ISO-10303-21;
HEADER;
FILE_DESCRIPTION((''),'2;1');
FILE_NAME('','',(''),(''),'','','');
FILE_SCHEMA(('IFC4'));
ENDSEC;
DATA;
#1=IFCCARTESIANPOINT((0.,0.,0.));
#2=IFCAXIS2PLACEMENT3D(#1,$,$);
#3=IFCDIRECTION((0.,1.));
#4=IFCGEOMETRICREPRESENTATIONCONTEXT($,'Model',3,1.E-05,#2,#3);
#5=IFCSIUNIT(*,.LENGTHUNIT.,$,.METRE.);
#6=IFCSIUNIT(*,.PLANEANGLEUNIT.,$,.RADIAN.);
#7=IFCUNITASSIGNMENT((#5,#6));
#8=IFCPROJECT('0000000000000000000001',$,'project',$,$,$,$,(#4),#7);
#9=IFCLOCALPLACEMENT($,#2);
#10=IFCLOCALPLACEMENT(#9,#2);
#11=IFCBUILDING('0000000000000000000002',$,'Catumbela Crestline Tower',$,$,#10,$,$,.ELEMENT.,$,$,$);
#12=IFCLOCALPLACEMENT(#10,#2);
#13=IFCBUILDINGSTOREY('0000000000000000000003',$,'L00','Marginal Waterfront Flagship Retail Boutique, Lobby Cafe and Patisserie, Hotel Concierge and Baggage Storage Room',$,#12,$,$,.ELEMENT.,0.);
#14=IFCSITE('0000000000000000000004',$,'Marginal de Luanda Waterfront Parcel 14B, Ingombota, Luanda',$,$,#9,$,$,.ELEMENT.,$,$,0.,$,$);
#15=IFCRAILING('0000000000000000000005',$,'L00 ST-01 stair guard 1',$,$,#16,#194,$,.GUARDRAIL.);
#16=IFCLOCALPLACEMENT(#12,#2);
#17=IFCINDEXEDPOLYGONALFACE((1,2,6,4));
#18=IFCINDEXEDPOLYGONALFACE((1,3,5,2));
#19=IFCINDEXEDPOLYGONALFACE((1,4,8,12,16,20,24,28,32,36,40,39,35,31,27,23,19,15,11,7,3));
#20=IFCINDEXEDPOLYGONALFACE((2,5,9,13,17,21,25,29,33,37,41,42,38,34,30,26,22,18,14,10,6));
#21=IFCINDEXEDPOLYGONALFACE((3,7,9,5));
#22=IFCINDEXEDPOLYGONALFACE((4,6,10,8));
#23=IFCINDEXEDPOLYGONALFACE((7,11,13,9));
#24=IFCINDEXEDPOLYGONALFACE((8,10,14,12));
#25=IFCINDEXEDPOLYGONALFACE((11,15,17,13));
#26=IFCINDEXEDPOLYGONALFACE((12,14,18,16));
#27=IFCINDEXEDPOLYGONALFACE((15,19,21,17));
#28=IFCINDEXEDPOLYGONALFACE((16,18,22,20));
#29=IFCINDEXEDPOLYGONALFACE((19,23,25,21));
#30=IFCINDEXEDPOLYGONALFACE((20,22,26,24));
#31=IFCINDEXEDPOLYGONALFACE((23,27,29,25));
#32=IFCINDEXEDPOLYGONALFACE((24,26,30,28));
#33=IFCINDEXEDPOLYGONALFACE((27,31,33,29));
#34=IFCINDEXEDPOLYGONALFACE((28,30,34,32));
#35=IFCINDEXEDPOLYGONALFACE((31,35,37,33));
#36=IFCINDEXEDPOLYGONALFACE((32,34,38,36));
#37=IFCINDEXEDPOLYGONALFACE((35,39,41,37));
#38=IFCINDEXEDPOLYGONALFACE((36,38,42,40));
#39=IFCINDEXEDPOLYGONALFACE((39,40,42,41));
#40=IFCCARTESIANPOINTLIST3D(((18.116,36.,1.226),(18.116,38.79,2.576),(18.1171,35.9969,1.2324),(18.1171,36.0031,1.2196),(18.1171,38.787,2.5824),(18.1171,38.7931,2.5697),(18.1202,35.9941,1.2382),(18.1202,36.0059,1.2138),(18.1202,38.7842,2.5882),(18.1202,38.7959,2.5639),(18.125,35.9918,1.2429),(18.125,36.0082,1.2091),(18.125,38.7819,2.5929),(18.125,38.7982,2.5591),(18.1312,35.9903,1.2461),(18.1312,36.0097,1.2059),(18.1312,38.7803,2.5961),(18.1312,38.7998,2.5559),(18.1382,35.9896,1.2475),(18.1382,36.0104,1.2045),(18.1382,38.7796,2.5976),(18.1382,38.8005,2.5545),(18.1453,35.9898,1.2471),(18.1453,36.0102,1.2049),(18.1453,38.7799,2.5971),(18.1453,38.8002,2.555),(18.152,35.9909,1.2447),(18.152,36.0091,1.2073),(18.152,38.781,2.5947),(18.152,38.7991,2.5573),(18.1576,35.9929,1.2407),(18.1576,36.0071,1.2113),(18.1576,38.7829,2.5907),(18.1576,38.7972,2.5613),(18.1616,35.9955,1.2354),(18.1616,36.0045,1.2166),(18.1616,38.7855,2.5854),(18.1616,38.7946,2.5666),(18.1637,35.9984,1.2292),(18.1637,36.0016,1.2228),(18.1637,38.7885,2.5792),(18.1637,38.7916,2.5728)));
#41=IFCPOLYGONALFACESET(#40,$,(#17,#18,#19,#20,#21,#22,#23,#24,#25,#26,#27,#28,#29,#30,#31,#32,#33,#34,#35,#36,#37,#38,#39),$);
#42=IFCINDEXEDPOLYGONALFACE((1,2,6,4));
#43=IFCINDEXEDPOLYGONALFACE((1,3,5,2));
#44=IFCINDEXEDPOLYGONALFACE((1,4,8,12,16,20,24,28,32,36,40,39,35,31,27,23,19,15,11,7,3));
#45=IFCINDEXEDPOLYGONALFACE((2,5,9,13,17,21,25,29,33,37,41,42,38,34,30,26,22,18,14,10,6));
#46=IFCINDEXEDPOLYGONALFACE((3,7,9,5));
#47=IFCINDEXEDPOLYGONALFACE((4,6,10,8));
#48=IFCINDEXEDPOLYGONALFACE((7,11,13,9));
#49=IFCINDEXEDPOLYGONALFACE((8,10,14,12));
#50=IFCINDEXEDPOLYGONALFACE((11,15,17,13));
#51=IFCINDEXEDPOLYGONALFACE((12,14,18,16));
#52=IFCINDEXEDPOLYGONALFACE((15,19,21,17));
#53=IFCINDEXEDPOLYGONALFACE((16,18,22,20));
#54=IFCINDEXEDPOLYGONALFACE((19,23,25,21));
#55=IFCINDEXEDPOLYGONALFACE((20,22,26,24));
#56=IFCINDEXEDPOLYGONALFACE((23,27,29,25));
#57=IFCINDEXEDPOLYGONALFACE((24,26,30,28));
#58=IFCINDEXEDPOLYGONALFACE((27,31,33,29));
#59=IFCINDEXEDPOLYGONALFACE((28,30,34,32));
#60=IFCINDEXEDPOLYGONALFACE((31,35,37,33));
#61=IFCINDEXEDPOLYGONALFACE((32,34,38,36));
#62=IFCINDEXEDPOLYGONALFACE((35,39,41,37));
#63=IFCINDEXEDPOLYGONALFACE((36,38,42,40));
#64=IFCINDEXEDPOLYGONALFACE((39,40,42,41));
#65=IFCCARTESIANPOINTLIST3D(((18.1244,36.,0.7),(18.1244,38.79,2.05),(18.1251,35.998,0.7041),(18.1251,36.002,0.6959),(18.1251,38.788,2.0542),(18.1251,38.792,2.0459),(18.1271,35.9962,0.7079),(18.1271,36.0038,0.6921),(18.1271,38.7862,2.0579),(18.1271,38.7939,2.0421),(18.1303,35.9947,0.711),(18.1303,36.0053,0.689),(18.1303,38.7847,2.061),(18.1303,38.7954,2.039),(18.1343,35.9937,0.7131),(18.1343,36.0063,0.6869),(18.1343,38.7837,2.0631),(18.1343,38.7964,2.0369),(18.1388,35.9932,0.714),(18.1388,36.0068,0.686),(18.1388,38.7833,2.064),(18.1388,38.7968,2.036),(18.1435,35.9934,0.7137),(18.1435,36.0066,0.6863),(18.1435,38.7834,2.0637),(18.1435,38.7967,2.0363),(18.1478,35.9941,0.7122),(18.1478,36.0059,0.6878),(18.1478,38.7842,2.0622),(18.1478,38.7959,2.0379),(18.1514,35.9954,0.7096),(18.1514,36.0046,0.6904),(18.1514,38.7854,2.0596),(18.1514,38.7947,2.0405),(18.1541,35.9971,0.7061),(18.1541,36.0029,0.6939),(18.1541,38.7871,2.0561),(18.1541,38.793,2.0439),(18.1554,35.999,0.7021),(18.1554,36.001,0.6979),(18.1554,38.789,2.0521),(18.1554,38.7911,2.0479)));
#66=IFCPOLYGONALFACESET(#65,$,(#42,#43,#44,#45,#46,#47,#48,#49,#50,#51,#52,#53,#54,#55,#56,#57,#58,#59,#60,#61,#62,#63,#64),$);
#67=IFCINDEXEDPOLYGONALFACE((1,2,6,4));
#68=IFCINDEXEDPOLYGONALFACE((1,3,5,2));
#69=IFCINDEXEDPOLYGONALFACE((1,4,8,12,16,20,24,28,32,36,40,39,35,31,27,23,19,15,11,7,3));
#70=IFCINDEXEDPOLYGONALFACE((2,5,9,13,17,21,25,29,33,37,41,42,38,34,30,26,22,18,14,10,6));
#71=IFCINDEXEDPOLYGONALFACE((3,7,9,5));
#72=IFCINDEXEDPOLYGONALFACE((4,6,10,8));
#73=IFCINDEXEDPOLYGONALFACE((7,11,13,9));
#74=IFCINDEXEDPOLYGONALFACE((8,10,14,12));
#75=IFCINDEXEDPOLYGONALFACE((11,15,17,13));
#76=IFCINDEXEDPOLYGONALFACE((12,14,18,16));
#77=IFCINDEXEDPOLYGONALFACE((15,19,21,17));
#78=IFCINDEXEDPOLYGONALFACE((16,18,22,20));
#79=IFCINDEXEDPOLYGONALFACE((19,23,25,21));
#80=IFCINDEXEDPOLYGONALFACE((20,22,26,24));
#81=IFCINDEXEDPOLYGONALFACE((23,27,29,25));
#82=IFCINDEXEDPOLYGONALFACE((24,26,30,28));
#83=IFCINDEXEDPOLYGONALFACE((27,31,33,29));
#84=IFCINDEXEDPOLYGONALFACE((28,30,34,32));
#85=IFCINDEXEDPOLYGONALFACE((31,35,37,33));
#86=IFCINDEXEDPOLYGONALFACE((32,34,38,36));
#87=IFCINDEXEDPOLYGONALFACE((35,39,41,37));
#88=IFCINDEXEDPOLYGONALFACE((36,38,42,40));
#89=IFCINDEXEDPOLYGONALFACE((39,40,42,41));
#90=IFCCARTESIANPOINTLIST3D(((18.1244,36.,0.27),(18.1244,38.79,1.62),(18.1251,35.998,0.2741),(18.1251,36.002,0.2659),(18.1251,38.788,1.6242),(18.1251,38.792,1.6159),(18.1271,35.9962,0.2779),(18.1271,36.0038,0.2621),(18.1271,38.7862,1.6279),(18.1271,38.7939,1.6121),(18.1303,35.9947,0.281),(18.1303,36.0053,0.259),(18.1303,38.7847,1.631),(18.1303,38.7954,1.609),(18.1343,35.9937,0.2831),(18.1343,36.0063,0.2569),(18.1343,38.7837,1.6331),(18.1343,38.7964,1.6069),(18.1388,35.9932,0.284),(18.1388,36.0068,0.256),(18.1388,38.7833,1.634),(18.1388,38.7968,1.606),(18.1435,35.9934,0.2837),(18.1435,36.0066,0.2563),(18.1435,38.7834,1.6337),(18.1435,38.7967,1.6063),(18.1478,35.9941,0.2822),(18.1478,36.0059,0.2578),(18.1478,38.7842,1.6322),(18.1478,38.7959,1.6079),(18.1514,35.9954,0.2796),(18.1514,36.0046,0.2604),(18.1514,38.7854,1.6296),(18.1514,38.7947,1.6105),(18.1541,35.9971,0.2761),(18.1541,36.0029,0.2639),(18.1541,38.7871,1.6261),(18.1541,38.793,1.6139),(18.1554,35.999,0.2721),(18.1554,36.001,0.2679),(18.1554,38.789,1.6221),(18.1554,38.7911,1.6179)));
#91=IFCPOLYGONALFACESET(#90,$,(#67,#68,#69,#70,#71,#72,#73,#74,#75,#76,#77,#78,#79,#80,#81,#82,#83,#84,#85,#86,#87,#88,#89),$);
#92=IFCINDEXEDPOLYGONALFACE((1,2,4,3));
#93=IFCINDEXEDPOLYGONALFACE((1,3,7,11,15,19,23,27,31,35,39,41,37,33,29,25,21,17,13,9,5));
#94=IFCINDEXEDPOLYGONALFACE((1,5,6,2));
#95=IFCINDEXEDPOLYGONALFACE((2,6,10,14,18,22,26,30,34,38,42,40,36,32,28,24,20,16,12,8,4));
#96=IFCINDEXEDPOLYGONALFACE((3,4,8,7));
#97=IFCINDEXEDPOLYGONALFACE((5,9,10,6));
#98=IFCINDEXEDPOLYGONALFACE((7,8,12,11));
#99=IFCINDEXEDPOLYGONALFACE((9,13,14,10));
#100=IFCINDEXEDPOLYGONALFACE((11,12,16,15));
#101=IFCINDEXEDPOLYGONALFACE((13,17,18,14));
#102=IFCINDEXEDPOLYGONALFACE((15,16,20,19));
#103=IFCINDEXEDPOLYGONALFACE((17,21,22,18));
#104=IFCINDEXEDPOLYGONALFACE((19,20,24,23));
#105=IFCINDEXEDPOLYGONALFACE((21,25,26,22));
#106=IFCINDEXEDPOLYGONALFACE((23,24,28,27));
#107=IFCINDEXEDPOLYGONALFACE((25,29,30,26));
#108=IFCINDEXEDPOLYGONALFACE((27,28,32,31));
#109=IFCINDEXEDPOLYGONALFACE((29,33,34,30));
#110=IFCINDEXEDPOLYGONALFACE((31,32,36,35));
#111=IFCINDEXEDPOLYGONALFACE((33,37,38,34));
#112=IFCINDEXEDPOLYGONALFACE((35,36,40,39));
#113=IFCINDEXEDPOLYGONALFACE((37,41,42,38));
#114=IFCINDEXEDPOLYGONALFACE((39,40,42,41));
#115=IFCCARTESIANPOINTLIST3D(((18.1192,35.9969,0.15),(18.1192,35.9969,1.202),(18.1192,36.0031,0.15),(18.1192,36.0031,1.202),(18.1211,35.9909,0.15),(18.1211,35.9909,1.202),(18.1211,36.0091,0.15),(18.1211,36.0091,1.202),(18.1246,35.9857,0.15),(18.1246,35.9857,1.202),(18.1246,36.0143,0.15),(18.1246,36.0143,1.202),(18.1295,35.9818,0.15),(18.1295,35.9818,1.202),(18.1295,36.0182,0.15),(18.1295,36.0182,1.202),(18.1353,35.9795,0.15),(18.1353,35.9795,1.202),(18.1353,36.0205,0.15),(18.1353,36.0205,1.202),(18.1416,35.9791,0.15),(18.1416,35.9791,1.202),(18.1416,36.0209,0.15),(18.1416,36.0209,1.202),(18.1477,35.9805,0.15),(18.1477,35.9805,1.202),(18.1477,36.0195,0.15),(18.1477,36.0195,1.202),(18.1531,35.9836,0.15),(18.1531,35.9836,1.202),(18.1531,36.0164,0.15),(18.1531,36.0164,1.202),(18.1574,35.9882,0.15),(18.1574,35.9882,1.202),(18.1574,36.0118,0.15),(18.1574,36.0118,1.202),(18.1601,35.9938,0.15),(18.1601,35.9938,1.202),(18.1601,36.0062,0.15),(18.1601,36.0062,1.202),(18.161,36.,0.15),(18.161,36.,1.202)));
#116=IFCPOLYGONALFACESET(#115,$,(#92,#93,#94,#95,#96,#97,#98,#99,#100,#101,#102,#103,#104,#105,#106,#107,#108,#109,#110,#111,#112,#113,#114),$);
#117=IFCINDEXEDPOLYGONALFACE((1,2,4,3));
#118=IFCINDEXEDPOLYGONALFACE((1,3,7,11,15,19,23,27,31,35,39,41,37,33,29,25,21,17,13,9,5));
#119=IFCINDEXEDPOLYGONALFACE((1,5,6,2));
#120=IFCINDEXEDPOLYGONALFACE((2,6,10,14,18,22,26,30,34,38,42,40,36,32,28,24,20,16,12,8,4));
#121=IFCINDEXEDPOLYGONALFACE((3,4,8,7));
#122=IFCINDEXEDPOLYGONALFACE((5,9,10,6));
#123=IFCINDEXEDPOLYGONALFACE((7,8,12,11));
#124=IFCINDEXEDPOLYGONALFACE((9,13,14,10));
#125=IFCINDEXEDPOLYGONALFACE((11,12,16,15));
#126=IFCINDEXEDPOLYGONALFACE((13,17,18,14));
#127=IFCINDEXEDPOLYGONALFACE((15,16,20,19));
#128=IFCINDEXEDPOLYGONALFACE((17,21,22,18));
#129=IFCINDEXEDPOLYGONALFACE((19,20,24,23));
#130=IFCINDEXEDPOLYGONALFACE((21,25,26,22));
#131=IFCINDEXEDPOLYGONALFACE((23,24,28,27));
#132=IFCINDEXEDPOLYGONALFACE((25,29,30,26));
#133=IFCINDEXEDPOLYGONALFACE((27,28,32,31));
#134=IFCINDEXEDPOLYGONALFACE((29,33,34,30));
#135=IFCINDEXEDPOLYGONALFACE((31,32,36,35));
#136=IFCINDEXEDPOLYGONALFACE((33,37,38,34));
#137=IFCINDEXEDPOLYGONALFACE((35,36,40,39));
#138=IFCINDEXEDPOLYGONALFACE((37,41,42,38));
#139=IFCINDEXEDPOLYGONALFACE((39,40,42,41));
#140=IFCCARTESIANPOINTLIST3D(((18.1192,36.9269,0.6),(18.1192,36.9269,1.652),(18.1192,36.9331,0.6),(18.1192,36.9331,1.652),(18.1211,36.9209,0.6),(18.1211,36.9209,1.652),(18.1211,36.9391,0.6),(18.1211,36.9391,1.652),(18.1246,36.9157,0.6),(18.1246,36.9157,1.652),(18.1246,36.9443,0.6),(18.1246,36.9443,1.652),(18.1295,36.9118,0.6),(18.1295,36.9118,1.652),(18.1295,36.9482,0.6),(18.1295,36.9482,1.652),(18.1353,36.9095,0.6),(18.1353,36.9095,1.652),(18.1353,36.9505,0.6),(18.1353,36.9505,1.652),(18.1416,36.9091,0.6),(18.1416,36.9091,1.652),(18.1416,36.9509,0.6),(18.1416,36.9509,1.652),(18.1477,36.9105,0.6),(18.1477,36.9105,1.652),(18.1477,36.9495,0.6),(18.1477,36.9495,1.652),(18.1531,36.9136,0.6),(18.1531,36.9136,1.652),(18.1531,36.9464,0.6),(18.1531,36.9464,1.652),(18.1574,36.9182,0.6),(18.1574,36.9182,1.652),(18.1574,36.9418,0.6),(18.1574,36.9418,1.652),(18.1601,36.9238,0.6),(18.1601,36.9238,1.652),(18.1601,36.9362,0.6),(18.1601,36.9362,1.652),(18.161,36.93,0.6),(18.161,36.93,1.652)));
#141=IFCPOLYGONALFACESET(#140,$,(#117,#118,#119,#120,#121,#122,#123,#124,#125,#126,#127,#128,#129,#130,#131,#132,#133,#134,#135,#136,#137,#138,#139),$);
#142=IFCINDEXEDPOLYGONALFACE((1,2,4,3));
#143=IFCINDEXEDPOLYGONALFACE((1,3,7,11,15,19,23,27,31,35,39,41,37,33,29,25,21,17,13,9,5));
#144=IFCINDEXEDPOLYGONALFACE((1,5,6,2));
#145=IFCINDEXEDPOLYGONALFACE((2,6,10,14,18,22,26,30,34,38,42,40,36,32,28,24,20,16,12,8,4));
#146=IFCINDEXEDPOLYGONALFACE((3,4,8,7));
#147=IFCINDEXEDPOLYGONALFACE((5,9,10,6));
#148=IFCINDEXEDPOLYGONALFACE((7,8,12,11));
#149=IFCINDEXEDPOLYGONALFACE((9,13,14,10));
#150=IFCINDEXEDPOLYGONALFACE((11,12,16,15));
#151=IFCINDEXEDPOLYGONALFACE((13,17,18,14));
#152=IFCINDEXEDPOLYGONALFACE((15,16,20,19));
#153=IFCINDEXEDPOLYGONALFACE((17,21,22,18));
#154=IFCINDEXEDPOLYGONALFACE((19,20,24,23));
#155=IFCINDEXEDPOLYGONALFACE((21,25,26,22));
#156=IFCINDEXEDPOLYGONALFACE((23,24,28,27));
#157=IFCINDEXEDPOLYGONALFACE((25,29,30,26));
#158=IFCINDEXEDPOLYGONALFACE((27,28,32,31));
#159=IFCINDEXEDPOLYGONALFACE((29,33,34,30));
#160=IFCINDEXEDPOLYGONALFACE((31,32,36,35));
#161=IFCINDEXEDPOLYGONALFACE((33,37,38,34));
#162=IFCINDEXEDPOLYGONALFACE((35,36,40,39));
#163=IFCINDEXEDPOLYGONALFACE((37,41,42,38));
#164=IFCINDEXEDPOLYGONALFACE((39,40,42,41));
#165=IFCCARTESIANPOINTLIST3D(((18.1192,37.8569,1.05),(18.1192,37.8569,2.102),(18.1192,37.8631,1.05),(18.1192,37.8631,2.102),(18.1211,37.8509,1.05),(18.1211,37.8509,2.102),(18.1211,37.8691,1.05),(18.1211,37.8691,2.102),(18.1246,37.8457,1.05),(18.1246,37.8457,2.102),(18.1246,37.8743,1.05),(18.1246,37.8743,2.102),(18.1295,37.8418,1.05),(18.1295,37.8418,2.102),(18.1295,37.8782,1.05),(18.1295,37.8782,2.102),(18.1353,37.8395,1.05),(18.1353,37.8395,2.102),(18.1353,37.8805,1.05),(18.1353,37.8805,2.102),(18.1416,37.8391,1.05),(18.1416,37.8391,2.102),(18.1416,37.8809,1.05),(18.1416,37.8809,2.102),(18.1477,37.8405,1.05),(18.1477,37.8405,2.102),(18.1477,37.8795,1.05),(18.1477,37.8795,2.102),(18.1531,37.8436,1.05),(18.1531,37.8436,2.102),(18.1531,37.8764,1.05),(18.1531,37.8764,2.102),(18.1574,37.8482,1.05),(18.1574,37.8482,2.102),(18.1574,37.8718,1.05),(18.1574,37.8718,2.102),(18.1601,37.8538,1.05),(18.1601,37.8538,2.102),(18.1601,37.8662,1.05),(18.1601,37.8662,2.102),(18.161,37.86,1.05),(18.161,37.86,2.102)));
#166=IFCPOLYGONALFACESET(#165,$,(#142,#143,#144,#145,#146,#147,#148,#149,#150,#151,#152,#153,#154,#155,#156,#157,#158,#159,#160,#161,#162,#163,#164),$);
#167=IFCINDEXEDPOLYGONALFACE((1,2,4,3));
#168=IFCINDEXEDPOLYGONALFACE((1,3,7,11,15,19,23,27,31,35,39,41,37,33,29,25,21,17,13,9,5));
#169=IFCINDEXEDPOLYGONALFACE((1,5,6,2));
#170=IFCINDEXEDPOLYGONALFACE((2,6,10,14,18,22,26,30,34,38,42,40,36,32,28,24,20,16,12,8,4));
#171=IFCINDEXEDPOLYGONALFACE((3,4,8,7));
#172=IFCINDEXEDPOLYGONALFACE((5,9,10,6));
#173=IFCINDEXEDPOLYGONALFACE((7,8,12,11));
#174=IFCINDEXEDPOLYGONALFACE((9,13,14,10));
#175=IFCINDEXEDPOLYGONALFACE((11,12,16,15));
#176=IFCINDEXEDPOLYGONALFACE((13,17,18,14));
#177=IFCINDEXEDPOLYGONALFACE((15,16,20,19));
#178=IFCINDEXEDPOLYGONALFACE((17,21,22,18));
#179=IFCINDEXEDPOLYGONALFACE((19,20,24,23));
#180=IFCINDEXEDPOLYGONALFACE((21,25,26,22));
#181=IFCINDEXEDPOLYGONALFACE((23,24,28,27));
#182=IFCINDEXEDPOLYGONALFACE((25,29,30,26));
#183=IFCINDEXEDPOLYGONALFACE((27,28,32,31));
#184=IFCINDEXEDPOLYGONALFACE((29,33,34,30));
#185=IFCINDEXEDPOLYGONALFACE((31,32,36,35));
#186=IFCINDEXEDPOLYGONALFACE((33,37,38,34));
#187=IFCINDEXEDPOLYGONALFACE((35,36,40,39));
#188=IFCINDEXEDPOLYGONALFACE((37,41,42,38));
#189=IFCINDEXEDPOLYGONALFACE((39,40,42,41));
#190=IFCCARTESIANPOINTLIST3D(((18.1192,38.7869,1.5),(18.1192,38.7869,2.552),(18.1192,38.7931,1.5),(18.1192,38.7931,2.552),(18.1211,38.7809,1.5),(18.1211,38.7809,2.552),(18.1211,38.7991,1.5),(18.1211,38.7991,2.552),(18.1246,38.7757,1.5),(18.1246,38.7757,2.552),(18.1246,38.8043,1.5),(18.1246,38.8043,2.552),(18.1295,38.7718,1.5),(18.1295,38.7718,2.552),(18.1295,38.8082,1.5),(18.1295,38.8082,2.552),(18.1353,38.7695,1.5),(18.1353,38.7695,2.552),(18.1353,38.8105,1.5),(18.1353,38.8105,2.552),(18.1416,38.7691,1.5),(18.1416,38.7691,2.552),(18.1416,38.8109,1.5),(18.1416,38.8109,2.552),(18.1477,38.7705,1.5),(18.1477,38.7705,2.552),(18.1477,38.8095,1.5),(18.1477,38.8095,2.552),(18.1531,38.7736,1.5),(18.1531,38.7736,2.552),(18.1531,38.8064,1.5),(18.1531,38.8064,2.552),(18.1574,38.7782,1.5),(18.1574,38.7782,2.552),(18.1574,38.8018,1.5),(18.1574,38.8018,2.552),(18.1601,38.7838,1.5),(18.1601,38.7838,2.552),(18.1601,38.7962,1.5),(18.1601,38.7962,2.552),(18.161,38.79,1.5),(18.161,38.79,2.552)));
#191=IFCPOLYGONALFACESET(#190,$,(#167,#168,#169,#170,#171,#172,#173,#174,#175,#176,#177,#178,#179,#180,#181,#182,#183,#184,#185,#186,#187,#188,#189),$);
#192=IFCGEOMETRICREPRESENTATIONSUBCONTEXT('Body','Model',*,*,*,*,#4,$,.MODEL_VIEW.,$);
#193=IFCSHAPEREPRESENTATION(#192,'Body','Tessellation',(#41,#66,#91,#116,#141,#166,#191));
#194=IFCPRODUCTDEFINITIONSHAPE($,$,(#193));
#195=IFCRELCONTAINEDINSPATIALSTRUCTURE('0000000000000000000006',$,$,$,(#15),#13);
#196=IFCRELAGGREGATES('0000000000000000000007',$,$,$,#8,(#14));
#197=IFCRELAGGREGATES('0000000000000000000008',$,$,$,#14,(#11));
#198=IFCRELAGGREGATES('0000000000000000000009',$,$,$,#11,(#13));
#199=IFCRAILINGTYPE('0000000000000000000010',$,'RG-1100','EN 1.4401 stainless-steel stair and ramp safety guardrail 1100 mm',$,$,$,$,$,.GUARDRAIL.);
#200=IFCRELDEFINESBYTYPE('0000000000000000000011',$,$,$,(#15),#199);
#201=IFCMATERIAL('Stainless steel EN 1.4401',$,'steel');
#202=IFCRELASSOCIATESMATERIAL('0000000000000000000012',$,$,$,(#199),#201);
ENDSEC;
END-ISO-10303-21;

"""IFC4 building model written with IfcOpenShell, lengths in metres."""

from ifc_helpers import new_model, si_unit, direction, frame, origin, origin_2d, place, context, subcontext, project, spatial, circle, extrude, material, type_object, element, save


model = new_model("IFC4")

# Units and contexts
model_context = context("Model", 3, precision=1e-05, world=origin(), true_north=direction((0.0, 1.0)))
body_context = subcontext(model_context, "Body", "Model", "MODEL_VIEW")
ifc_project = project(units=[si_unit("LENGTHUNIT", "METRE"), si_unit("PLANEANGLEUNIT", "RADIAN")], contexts=[model_context])

# Site, building, storey
site_placement = place(None, origin())
site = spatial("IfcSite", under=ifc_project, at=site_placement, Name="Marginal de Luanda Waterfront Parcel 14B, Ingombota, Luanda", CompositionType="ELEMENT", RefElevation=0.0)
building_placement = place(site_placement, origin())
building = spatial("IfcBuilding", under=site, at=building_placement, Name="Catumbela Crestline Tower", CompositionType="ELEMENT")
storey_placement = place(building_placement, origin())
storey = spatial("IfcBuildingStorey", under=building, at=storey_placement, Name="L00", Description="Marginal Waterfront Flagship Retail Boutique, Lobby Cafe and Patisserie, Hotel Concierge and Baggage Storage Room", CompositionType="ELEMENT", Elevation=0.0)

# Shared definitions
ifc_material_1 = material(Name="Stainless steel EN 1.4401", Category="steel")

# Railing
railing_type_1 = type_object("IfcRailingType", Name="RG-1100", Description="EN 1.4401 stainless-steel stair and ramp safety guardrail 1100 mm", PredefinedType="GUARDRAIL", material=ifc_material_1)
railing_1_placement = place(storey_placement, frame((18.14, 36.0, 0.15)))
element("IfcRailing", 1, at=railing_1_placement, inside=storey, type_object=railing_type_1, Name="L00 ST-01 stair guard 1", PredefinedType="GUARDRAIL", context=body_context, shape_type="SweptSolid", body=[
    extrude(circle(Radius=0.024, at=origin_2d()), frame((0.0, 0.0, 1.076), z_axis=(0.0, 0.900159, 0.435561), x_axis=(-1.0, 0.0, 0.0)), (0.0, 0.0, 1.0), 3.0995),
    extrude(circle(Radius=0.0156, at=origin_2d()), frame((0.0, 0.0, 0.55), z_axis=(0.0, 0.900159, 0.435561), x_axis=(-1.0, 0.0, 0.0)), (0.0, 0.0, 1.0), 3.0995),
    extrude(circle(Radius=0.0156, at=origin_2d()), frame((0.0, 0.0, 0.12), z_axis=(0.0, 0.900159, 0.435561), x_axis=(-1.0, 0.0, 0.0)), (0.0, 0.0, 1.0), 3.0995),
    extrude(circle(Radius=0.021, at=origin_2d()), origin(), (0.0, 0.0, 1.0), 1.052),
    extrude(circle(Radius=0.021, at=origin_2d()), frame((0.0, 0.93, 0.45)), (0.0, 0.0, 1.0), 1.052),
    extrude(circle(Radius=0.021, at=origin_2d()), frame((0.0, 1.86, 0.9)), (0.0, 0.0, 1.0), 1.052),
    extrude(circle(Radius=0.021, at=origin_2d()), frame((0.0, 2.79, 1.35)), (0.0, 0.0, 1.0), 1.052),
])

save(model, "model.ifc")
